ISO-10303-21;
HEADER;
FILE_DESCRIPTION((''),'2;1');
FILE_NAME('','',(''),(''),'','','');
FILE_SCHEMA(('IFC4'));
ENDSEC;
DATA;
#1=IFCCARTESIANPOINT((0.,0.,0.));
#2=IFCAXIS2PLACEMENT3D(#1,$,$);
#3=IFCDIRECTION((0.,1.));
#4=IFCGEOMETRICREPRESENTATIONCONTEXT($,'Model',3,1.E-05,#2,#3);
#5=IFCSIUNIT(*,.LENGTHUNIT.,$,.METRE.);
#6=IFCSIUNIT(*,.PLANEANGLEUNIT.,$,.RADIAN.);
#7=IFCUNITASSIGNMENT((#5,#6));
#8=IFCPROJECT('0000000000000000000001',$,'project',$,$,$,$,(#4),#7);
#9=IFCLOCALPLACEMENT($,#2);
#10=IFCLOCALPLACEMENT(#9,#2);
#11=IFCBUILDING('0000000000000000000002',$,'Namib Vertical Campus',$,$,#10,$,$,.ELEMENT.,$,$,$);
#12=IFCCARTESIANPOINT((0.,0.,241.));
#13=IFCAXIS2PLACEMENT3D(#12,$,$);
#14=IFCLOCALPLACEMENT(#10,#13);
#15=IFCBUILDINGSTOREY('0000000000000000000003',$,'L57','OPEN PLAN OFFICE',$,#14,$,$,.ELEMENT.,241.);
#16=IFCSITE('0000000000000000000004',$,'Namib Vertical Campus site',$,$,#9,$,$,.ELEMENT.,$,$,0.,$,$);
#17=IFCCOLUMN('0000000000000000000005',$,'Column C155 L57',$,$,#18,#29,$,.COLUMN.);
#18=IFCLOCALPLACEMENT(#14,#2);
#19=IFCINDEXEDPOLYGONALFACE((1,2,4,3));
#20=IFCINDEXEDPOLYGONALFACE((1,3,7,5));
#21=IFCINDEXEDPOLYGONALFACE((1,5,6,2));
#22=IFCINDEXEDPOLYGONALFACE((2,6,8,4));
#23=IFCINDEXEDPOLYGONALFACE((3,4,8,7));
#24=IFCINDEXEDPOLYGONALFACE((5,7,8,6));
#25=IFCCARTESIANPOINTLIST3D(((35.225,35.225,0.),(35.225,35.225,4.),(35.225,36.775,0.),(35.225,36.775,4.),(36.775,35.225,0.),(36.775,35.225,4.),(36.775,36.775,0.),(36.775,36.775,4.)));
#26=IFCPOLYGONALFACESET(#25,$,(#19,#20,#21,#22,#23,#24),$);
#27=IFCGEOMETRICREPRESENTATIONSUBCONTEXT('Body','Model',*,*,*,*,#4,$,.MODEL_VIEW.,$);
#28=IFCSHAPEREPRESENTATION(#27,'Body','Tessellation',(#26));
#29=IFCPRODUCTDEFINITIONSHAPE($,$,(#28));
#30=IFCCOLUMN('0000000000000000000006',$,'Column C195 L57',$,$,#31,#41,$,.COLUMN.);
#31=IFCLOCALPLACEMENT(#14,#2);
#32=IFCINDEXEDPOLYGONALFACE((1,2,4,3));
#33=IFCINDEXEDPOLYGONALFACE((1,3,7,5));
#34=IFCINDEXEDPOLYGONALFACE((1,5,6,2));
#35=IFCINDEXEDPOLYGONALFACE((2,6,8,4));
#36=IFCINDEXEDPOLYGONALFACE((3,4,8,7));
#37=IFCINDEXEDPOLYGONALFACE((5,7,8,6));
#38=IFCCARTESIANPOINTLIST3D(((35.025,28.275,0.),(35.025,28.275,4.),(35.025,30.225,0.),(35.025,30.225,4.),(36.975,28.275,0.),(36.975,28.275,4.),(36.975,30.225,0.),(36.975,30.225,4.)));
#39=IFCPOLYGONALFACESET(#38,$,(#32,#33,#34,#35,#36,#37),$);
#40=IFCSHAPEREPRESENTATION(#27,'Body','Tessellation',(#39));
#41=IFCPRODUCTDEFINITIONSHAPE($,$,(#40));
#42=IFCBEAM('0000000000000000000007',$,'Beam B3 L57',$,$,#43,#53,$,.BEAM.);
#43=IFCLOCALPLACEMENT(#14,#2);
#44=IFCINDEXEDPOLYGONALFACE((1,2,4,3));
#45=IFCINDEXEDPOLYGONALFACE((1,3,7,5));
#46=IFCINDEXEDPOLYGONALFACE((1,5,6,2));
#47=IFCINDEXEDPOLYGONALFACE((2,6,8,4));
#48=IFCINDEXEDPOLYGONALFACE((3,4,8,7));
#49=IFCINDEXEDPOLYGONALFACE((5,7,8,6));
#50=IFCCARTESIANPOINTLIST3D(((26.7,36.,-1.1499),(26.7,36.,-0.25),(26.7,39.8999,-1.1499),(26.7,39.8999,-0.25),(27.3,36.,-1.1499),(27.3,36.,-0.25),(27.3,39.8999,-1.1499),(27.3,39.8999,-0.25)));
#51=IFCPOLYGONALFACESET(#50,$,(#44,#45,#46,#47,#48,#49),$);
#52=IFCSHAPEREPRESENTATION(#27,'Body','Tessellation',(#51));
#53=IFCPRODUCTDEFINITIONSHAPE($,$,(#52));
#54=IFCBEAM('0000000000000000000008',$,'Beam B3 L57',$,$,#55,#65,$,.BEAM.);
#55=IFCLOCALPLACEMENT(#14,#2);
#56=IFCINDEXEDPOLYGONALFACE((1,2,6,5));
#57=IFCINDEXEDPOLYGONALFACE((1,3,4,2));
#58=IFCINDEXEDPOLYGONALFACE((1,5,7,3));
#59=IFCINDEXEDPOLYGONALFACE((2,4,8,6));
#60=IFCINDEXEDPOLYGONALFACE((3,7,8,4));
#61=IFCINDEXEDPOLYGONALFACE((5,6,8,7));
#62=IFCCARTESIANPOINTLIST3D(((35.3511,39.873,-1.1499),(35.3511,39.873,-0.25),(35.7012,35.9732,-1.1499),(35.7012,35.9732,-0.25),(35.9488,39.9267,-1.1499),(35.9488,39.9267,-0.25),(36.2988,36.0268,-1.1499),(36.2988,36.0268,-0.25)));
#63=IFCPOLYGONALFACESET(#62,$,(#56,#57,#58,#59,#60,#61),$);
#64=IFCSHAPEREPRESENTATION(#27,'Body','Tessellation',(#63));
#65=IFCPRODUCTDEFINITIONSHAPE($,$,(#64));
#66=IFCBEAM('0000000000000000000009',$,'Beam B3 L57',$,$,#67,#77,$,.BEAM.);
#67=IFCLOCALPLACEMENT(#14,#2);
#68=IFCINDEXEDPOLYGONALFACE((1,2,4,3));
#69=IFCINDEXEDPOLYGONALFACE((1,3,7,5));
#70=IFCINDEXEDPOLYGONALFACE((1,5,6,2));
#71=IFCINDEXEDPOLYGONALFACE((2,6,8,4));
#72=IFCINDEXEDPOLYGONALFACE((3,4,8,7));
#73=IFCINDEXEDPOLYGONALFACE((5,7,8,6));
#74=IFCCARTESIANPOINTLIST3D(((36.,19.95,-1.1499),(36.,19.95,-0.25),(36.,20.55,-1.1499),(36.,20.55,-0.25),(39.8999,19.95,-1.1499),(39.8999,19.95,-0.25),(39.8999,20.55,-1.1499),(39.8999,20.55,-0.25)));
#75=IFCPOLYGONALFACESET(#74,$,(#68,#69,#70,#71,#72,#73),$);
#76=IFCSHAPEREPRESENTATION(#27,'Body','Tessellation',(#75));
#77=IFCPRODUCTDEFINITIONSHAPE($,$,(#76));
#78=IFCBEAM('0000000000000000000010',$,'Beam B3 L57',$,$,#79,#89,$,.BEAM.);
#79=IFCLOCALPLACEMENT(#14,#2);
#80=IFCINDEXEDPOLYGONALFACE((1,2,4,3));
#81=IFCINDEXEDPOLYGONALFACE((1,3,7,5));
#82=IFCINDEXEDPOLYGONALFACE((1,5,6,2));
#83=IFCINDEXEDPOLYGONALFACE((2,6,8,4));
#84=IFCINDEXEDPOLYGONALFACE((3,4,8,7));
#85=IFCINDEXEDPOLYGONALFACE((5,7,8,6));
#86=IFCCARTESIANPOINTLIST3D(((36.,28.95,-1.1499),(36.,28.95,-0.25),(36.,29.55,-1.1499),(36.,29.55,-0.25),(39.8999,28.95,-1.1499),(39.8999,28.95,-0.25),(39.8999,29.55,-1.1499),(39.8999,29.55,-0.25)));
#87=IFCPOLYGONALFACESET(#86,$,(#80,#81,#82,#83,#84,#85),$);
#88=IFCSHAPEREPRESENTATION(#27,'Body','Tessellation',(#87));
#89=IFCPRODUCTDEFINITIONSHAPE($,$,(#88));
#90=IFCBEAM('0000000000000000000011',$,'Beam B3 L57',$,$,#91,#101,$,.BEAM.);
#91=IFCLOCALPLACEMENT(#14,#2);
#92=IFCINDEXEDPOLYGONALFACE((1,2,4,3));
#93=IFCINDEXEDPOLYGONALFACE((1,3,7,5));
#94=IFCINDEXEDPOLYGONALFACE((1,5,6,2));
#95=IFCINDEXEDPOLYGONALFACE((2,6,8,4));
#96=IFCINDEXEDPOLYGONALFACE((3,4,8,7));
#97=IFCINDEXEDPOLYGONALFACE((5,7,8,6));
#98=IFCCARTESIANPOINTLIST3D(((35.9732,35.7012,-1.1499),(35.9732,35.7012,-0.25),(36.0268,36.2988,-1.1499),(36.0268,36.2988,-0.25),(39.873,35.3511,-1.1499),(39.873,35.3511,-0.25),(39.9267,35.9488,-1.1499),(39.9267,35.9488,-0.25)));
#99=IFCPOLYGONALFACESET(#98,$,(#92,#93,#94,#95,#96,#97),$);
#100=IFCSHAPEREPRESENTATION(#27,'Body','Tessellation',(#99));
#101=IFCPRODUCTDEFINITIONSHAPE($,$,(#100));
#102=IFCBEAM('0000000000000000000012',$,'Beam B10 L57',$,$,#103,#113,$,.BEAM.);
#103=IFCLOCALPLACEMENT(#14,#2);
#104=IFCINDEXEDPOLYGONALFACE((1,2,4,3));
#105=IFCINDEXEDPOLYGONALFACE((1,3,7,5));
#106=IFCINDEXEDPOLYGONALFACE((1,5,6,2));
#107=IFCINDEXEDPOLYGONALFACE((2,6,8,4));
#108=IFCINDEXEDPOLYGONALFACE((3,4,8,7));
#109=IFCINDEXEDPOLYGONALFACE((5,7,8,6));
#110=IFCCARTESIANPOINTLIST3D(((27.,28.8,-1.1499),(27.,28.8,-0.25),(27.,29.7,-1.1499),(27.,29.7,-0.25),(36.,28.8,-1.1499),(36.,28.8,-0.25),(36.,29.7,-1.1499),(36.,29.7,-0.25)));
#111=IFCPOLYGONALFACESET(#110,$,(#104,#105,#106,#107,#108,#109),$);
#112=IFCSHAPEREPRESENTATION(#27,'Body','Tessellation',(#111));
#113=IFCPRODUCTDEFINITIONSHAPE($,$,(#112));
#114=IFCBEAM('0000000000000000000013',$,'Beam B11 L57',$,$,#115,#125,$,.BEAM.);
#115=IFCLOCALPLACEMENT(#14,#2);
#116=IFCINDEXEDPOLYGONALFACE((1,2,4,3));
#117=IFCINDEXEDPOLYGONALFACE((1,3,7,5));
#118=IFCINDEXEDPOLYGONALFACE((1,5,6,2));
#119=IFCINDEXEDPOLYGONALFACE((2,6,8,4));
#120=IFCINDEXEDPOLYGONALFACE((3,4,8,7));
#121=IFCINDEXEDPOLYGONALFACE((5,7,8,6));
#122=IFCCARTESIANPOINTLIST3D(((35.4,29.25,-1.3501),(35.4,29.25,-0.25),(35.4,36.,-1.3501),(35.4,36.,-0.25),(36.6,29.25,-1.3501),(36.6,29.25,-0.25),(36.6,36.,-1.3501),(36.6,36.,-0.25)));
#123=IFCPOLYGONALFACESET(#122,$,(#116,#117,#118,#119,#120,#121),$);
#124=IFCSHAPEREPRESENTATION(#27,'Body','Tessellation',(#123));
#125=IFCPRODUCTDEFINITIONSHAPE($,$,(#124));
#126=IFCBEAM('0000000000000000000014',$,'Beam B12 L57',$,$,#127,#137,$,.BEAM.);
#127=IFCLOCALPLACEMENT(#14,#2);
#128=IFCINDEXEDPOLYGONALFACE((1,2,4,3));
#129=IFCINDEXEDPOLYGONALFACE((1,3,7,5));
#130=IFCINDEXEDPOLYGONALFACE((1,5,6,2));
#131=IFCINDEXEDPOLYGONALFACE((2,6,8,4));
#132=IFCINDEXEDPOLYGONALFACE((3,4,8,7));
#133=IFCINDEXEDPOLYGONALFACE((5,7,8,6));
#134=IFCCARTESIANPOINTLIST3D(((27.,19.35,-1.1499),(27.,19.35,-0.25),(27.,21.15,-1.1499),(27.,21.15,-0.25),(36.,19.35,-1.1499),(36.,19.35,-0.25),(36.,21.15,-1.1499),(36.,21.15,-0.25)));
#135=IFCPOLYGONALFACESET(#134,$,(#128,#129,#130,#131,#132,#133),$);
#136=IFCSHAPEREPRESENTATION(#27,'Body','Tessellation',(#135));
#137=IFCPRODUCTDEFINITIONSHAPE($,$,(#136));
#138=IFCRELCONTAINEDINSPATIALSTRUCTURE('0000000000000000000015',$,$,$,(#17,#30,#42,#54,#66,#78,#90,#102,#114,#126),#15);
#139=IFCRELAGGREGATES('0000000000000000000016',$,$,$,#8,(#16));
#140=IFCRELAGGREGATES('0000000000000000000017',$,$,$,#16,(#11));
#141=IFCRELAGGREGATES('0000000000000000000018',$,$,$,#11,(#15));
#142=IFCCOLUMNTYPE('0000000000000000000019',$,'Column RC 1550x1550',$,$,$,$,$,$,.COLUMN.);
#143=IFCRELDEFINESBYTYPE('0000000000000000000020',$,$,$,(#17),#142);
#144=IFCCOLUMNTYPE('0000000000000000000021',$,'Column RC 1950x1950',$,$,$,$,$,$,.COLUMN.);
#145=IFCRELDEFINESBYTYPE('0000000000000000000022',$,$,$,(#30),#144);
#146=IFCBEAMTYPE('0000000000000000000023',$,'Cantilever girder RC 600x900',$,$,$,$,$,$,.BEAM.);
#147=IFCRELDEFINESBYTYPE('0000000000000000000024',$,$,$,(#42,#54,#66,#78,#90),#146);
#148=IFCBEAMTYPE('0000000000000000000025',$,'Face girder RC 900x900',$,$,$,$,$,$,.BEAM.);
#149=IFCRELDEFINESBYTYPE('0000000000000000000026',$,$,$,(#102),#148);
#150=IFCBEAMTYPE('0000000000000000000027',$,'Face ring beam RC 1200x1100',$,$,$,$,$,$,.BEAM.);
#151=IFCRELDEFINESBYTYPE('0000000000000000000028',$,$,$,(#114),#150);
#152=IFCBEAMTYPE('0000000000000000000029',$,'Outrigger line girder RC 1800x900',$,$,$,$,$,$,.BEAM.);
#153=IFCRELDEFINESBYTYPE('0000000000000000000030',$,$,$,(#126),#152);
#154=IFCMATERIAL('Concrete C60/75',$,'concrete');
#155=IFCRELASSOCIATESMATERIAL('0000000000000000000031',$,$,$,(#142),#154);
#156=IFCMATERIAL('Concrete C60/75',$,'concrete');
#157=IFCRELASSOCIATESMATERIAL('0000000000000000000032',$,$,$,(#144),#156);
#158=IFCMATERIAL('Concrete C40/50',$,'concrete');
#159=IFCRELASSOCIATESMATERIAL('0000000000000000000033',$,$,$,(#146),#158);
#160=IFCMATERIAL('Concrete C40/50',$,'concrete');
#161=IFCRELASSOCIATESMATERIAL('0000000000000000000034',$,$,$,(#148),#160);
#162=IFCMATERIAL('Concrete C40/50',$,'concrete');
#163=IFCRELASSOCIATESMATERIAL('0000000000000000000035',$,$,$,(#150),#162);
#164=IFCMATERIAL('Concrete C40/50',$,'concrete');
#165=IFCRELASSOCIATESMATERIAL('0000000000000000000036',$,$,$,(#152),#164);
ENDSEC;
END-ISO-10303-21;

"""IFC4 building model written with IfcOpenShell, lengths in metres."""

from ifc_helpers import new_model, si_unit, direction, frame, origin, origin_2d, place, context, subcontext, project, spatial, rectangle, extrude, material, material_profile, profile_set, type_object, element, save


model = new_model("IFC4")

# Units and contexts
model_context = context("Model", 3, precision=1e-05, world=origin(), true_north=direction((0.0, 1.0)))
body_context = subcontext(model_context, "Body", "Model", "MODEL_VIEW")
ifc_project = project(units=[si_unit("LENGTHUNIT", "METRE"), si_unit("PLANEANGLEUNIT", "RADIAN")], contexts=[model_context])

# Site, building, storey
site_placement = place(None, origin())
site = spatial("IfcSite", under=ifc_project, at=site_placement, Name="Namib Vertical Campus site", CompositionType="ELEMENT", RefElevation=0.0)
building_placement = place(site_placement, origin())
building = spatial("IfcBuilding", under=site, at=building_placement, Name="Namib Vertical Campus", CompositionType="ELEMENT")
storey_placement = place(building_placement, frame((0.0, 0.0, 241.0)))
storey = spatial("IfcBuildingStorey", under=building, at=storey_placement, Name="L57", Description="OPEN PLAN OFFICE", CompositionType="ELEMENT", Elevation=241.0)

# Columns
ifc_material_1 = material(Name="Concrete C60/75", Category="concrete")
ifc_material_profile_1 = material_profile(ifc_material_1, rectangle(XDim=1.55, YDim=1.55, at=origin_2d()))
ifc_profile_set_1 = profile_set([ifc_material_profile_1], Name="Concrete C60/75")
column_type_1 = type_object("IfcColumnType", Name="Column RC 1550x1550", PredefinedType="COLUMN", material=ifc_profile_set_1)
column_1_placement = place(storey_placement, frame((36.0, 36.0, 0.0), z_axis=(0.0, 0.0, 1.0), x_axis=(1.0, 0.0, 0.0)))
element("IfcColumn", 1, at=column_1_placement, inside=storey, type_object=column_type_1, Name="Column C155 L57", PredefinedType="COLUMN", context=body_context, shape_type="SweptSolid", body=[
    extrude(rectangle(XDim=1.55, YDim=1.55, at=origin_2d()), origin(), (0.0, 0.0, 1.0), 4.0),
])
ifc_material_2 = material(Name="Concrete C60/75", Category="concrete")
ifc_material_profile_2 = material_profile(ifc_material_2, rectangle(XDim=1.95, YDim=1.95, at=origin_2d()))
ifc_profile_set_2 = profile_set([ifc_material_profile_2], Name="Concrete C60/75")
column_type_2 = type_object("IfcColumnType", Name="Column RC 1950x1950", PredefinedType="COLUMN", material=ifc_profile_set_2)
column_2_placement = place(storey_placement, frame((36.0, 29.25, 0.0), z_axis=(0.0, 0.0, 1.0), x_axis=(1.0, 0.0, 0.0)))
element("IfcColumn", 2, at=column_2_placement, inside=storey, type_object=column_type_2, Name="Column C195 L57", PredefinedType="COLUMN", context=body_context, shape_type="SweptSolid", body=[
    extrude(rectangle(XDim=1.95, YDim=1.95, at=origin_2d()), origin(), (0.0, 0.0, 1.0), 4.0),
])

# Beams
ifc_material_3 = material(Name="Concrete C40/50", Category="concrete")
ifc_material_profile_3 = material_profile(ifc_material_3, rectangle(XDim=0.6001, YDim=0.8999, at=origin_2d()))
ifc_profile_set_3 = profile_set([ifc_material_profile_3], Name="Concrete C40/50")
beam_type_1 = type_object("IfcBeamType", Name="Cantilever girder RC 600x900", PredefinedType="BEAM", material=ifc_profile_set_3)
beam_1_placement = place(storey_placement, frame((27.0, 36.0, -0.7), z_axis=(0.0, 1.0, 0.0), x_axis=(-1.0, 0.0, 0.0)))
element("IfcBeam", 3, at=beam_1_placement, inside=storey, type_object=beam_type_1, Name="Beam B3 L57", PredefinedType="BEAM", context=body_context, shape_type="SweptSolid", body=[
    extrude(rectangle(XDim=0.6001, YDim=0.8999, at=origin_2d()), origin(), (0.0, 0.0, 1.0), 3.8999),
])
beam_2_placement = place(storey_placement, frame((36.0, 36.0, -0.7), z_axis=(-0.089411, 0.995995, 0.0), x_axis=(-0.995995, -0.089411, 0.0)))
element("IfcBeam", 4, at=beam_2_placement, inside=storey, type_object=beam_type_1, Name="Beam B3 L57", PredefinedType="BEAM", context=body_context, shape_type="SweptSolid", body=[
    extrude(rectangle(XDim=0.6001, YDim=0.8999, at=origin_2d()), origin(), (0.0, 0.0, 1.0), 3.9155),
])
for number, where, z_axis, x_axis, name in (
    (5, (36.0, 20.25, -0.7), (1.0, 0.0, 0.0), (0.0, 1.0, 0.0), "Beam B3 L57"),
    (6, (36.0, 29.25, -0.7), (1.0, 0.0, 0.0), (0.0, 1.0, 0.0), "Beam B3 L57"),
):
    element("IfcBeam", number, at=place(storey_placement, frame(where, z_axis=z_axis, x_axis=x_axis)), inside=storey, type_object=beam_type_1, Name=name, PredefinedType="BEAM", context=body_context, shape_type="SweptSolid", body=[
        extrude(rectangle(XDim=0.6001, YDim=0.8999, at=origin_2d()), origin(), (0.0, 0.0, 1.0), 3.8999),
    ])
beam_3_placement = place(storey_placement, frame((36.0, 36.0, -0.7), z_axis=(0.995995, -0.089411, 0.0), x_axis=(0.089411, 0.995995, 0.0)))
element("IfcBeam", 7, at=beam_3_placement, inside=storey, type_object=beam_type_1, Name="Beam B3 L57", PredefinedType="BEAM", context=body_context, shape_type="SweptSolid", body=[
    extrude(rectangle(XDim=0.6001, YDim=0.8999, at=origin_2d()), origin(), (0.0, 0.0, 1.0), 3.9155),
])
ifc_material_4 = material(Name="Concrete C40/50", Category="concrete")
ifc_material_profile_4 = material_profile(ifc_material_4, rectangle(XDim=0.8999, YDim=0.8999, at=origin_2d()))
ifc_profile_set_4 = profile_set([ifc_material_profile_4], Name="Concrete C40/50")
beam_type_2 = type_object("IfcBeamType", Name="Face girder RC 900x900", PredefinedType="BEAM", material=ifc_profile_set_4)
beam_4_placement = place(storey_placement, frame((36.0, 29.25, -0.7), z_axis=(-1.0, 0.0, 0.0), x_axis=(0.0, -1.0, 0.0)))
element("IfcBeam", 8, at=beam_4_placement, inside=storey, type_object=beam_type_2, Name="Beam B10 L57", PredefinedType="BEAM", context=body_context, shape_type="SweptSolid", body=[
    extrude(rectangle(XDim=0.8999, YDim=0.8999, at=origin_2d()), origin(), (0.0, 0.0, 1.0), 9.0),
])
ifc_material_5 = material(Name="Concrete C40/50", Category="concrete")
ifc_material_profile_5 = material_profile(ifc_material_5, rectangle(XDim=1.2, YDim=1.1001, at=origin_2d()))
ifc_profile_set_5 = profile_set([ifc_material_profile_5], Name="Concrete C40/50")
beam_type_3 = type_object("IfcBeamType", Name="Face ring beam RC 1200x1100", PredefinedType="BEAM", material=ifc_profile_set_5)
beam_5_placement = place(storey_placement, frame((36.0, 29.25, -0.8), z_axis=(0.0, 1.0, 0.0), x_axis=(-1.0, 0.0, 0.0)))
element("IfcBeam", 9, at=beam_5_placement, inside=storey, type_object=beam_type_3, Name="Beam B11 L57", PredefinedType="BEAM", context=body_context, shape_type="SweptSolid", body=[
    extrude(rectangle(XDim=1.2, YDim=1.1001, at=origin_2d()), origin(), (0.0, 0.0, 1.0), 6.75),
])
ifc_material_6 = material(Name="Concrete C40/50", Category="concrete")
ifc_material_profile_6 = material_profile(ifc_material_6, rectangle(XDim=1.8, YDim=0.8999, at=origin_2d()))
ifc_profile_set_6 = profile_set([ifc_material_profile_6], Name="Concrete C40/50")
beam_type_4 = type_object("IfcBeamType", Name="Outrigger line girder RC 1800x900", PredefinedType="BEAM", material=ifc_profile_set_6)
beam_6_placement = place(storey_placement, frame((36.0, 20.25, -0.7), z_axis=(-1.0, 0.0, 0.0), x_axis=(0.0, -1.0, 0.0)))
element("IfcBeam", 10, at=beam_6_placement, inside=storey, type_object=beam_type_4, Name="Beam B12 L57", PredefinedType="BEAM", context=body_context, shape_type="SweptSolid", body=[
    extrude(rectangle(XDim=1.8, YDim=0.8999, at=origin_2d()), origin(), (0.0, 0.0, 1.0), 9.0),
])

save(model, "model.ifc")
